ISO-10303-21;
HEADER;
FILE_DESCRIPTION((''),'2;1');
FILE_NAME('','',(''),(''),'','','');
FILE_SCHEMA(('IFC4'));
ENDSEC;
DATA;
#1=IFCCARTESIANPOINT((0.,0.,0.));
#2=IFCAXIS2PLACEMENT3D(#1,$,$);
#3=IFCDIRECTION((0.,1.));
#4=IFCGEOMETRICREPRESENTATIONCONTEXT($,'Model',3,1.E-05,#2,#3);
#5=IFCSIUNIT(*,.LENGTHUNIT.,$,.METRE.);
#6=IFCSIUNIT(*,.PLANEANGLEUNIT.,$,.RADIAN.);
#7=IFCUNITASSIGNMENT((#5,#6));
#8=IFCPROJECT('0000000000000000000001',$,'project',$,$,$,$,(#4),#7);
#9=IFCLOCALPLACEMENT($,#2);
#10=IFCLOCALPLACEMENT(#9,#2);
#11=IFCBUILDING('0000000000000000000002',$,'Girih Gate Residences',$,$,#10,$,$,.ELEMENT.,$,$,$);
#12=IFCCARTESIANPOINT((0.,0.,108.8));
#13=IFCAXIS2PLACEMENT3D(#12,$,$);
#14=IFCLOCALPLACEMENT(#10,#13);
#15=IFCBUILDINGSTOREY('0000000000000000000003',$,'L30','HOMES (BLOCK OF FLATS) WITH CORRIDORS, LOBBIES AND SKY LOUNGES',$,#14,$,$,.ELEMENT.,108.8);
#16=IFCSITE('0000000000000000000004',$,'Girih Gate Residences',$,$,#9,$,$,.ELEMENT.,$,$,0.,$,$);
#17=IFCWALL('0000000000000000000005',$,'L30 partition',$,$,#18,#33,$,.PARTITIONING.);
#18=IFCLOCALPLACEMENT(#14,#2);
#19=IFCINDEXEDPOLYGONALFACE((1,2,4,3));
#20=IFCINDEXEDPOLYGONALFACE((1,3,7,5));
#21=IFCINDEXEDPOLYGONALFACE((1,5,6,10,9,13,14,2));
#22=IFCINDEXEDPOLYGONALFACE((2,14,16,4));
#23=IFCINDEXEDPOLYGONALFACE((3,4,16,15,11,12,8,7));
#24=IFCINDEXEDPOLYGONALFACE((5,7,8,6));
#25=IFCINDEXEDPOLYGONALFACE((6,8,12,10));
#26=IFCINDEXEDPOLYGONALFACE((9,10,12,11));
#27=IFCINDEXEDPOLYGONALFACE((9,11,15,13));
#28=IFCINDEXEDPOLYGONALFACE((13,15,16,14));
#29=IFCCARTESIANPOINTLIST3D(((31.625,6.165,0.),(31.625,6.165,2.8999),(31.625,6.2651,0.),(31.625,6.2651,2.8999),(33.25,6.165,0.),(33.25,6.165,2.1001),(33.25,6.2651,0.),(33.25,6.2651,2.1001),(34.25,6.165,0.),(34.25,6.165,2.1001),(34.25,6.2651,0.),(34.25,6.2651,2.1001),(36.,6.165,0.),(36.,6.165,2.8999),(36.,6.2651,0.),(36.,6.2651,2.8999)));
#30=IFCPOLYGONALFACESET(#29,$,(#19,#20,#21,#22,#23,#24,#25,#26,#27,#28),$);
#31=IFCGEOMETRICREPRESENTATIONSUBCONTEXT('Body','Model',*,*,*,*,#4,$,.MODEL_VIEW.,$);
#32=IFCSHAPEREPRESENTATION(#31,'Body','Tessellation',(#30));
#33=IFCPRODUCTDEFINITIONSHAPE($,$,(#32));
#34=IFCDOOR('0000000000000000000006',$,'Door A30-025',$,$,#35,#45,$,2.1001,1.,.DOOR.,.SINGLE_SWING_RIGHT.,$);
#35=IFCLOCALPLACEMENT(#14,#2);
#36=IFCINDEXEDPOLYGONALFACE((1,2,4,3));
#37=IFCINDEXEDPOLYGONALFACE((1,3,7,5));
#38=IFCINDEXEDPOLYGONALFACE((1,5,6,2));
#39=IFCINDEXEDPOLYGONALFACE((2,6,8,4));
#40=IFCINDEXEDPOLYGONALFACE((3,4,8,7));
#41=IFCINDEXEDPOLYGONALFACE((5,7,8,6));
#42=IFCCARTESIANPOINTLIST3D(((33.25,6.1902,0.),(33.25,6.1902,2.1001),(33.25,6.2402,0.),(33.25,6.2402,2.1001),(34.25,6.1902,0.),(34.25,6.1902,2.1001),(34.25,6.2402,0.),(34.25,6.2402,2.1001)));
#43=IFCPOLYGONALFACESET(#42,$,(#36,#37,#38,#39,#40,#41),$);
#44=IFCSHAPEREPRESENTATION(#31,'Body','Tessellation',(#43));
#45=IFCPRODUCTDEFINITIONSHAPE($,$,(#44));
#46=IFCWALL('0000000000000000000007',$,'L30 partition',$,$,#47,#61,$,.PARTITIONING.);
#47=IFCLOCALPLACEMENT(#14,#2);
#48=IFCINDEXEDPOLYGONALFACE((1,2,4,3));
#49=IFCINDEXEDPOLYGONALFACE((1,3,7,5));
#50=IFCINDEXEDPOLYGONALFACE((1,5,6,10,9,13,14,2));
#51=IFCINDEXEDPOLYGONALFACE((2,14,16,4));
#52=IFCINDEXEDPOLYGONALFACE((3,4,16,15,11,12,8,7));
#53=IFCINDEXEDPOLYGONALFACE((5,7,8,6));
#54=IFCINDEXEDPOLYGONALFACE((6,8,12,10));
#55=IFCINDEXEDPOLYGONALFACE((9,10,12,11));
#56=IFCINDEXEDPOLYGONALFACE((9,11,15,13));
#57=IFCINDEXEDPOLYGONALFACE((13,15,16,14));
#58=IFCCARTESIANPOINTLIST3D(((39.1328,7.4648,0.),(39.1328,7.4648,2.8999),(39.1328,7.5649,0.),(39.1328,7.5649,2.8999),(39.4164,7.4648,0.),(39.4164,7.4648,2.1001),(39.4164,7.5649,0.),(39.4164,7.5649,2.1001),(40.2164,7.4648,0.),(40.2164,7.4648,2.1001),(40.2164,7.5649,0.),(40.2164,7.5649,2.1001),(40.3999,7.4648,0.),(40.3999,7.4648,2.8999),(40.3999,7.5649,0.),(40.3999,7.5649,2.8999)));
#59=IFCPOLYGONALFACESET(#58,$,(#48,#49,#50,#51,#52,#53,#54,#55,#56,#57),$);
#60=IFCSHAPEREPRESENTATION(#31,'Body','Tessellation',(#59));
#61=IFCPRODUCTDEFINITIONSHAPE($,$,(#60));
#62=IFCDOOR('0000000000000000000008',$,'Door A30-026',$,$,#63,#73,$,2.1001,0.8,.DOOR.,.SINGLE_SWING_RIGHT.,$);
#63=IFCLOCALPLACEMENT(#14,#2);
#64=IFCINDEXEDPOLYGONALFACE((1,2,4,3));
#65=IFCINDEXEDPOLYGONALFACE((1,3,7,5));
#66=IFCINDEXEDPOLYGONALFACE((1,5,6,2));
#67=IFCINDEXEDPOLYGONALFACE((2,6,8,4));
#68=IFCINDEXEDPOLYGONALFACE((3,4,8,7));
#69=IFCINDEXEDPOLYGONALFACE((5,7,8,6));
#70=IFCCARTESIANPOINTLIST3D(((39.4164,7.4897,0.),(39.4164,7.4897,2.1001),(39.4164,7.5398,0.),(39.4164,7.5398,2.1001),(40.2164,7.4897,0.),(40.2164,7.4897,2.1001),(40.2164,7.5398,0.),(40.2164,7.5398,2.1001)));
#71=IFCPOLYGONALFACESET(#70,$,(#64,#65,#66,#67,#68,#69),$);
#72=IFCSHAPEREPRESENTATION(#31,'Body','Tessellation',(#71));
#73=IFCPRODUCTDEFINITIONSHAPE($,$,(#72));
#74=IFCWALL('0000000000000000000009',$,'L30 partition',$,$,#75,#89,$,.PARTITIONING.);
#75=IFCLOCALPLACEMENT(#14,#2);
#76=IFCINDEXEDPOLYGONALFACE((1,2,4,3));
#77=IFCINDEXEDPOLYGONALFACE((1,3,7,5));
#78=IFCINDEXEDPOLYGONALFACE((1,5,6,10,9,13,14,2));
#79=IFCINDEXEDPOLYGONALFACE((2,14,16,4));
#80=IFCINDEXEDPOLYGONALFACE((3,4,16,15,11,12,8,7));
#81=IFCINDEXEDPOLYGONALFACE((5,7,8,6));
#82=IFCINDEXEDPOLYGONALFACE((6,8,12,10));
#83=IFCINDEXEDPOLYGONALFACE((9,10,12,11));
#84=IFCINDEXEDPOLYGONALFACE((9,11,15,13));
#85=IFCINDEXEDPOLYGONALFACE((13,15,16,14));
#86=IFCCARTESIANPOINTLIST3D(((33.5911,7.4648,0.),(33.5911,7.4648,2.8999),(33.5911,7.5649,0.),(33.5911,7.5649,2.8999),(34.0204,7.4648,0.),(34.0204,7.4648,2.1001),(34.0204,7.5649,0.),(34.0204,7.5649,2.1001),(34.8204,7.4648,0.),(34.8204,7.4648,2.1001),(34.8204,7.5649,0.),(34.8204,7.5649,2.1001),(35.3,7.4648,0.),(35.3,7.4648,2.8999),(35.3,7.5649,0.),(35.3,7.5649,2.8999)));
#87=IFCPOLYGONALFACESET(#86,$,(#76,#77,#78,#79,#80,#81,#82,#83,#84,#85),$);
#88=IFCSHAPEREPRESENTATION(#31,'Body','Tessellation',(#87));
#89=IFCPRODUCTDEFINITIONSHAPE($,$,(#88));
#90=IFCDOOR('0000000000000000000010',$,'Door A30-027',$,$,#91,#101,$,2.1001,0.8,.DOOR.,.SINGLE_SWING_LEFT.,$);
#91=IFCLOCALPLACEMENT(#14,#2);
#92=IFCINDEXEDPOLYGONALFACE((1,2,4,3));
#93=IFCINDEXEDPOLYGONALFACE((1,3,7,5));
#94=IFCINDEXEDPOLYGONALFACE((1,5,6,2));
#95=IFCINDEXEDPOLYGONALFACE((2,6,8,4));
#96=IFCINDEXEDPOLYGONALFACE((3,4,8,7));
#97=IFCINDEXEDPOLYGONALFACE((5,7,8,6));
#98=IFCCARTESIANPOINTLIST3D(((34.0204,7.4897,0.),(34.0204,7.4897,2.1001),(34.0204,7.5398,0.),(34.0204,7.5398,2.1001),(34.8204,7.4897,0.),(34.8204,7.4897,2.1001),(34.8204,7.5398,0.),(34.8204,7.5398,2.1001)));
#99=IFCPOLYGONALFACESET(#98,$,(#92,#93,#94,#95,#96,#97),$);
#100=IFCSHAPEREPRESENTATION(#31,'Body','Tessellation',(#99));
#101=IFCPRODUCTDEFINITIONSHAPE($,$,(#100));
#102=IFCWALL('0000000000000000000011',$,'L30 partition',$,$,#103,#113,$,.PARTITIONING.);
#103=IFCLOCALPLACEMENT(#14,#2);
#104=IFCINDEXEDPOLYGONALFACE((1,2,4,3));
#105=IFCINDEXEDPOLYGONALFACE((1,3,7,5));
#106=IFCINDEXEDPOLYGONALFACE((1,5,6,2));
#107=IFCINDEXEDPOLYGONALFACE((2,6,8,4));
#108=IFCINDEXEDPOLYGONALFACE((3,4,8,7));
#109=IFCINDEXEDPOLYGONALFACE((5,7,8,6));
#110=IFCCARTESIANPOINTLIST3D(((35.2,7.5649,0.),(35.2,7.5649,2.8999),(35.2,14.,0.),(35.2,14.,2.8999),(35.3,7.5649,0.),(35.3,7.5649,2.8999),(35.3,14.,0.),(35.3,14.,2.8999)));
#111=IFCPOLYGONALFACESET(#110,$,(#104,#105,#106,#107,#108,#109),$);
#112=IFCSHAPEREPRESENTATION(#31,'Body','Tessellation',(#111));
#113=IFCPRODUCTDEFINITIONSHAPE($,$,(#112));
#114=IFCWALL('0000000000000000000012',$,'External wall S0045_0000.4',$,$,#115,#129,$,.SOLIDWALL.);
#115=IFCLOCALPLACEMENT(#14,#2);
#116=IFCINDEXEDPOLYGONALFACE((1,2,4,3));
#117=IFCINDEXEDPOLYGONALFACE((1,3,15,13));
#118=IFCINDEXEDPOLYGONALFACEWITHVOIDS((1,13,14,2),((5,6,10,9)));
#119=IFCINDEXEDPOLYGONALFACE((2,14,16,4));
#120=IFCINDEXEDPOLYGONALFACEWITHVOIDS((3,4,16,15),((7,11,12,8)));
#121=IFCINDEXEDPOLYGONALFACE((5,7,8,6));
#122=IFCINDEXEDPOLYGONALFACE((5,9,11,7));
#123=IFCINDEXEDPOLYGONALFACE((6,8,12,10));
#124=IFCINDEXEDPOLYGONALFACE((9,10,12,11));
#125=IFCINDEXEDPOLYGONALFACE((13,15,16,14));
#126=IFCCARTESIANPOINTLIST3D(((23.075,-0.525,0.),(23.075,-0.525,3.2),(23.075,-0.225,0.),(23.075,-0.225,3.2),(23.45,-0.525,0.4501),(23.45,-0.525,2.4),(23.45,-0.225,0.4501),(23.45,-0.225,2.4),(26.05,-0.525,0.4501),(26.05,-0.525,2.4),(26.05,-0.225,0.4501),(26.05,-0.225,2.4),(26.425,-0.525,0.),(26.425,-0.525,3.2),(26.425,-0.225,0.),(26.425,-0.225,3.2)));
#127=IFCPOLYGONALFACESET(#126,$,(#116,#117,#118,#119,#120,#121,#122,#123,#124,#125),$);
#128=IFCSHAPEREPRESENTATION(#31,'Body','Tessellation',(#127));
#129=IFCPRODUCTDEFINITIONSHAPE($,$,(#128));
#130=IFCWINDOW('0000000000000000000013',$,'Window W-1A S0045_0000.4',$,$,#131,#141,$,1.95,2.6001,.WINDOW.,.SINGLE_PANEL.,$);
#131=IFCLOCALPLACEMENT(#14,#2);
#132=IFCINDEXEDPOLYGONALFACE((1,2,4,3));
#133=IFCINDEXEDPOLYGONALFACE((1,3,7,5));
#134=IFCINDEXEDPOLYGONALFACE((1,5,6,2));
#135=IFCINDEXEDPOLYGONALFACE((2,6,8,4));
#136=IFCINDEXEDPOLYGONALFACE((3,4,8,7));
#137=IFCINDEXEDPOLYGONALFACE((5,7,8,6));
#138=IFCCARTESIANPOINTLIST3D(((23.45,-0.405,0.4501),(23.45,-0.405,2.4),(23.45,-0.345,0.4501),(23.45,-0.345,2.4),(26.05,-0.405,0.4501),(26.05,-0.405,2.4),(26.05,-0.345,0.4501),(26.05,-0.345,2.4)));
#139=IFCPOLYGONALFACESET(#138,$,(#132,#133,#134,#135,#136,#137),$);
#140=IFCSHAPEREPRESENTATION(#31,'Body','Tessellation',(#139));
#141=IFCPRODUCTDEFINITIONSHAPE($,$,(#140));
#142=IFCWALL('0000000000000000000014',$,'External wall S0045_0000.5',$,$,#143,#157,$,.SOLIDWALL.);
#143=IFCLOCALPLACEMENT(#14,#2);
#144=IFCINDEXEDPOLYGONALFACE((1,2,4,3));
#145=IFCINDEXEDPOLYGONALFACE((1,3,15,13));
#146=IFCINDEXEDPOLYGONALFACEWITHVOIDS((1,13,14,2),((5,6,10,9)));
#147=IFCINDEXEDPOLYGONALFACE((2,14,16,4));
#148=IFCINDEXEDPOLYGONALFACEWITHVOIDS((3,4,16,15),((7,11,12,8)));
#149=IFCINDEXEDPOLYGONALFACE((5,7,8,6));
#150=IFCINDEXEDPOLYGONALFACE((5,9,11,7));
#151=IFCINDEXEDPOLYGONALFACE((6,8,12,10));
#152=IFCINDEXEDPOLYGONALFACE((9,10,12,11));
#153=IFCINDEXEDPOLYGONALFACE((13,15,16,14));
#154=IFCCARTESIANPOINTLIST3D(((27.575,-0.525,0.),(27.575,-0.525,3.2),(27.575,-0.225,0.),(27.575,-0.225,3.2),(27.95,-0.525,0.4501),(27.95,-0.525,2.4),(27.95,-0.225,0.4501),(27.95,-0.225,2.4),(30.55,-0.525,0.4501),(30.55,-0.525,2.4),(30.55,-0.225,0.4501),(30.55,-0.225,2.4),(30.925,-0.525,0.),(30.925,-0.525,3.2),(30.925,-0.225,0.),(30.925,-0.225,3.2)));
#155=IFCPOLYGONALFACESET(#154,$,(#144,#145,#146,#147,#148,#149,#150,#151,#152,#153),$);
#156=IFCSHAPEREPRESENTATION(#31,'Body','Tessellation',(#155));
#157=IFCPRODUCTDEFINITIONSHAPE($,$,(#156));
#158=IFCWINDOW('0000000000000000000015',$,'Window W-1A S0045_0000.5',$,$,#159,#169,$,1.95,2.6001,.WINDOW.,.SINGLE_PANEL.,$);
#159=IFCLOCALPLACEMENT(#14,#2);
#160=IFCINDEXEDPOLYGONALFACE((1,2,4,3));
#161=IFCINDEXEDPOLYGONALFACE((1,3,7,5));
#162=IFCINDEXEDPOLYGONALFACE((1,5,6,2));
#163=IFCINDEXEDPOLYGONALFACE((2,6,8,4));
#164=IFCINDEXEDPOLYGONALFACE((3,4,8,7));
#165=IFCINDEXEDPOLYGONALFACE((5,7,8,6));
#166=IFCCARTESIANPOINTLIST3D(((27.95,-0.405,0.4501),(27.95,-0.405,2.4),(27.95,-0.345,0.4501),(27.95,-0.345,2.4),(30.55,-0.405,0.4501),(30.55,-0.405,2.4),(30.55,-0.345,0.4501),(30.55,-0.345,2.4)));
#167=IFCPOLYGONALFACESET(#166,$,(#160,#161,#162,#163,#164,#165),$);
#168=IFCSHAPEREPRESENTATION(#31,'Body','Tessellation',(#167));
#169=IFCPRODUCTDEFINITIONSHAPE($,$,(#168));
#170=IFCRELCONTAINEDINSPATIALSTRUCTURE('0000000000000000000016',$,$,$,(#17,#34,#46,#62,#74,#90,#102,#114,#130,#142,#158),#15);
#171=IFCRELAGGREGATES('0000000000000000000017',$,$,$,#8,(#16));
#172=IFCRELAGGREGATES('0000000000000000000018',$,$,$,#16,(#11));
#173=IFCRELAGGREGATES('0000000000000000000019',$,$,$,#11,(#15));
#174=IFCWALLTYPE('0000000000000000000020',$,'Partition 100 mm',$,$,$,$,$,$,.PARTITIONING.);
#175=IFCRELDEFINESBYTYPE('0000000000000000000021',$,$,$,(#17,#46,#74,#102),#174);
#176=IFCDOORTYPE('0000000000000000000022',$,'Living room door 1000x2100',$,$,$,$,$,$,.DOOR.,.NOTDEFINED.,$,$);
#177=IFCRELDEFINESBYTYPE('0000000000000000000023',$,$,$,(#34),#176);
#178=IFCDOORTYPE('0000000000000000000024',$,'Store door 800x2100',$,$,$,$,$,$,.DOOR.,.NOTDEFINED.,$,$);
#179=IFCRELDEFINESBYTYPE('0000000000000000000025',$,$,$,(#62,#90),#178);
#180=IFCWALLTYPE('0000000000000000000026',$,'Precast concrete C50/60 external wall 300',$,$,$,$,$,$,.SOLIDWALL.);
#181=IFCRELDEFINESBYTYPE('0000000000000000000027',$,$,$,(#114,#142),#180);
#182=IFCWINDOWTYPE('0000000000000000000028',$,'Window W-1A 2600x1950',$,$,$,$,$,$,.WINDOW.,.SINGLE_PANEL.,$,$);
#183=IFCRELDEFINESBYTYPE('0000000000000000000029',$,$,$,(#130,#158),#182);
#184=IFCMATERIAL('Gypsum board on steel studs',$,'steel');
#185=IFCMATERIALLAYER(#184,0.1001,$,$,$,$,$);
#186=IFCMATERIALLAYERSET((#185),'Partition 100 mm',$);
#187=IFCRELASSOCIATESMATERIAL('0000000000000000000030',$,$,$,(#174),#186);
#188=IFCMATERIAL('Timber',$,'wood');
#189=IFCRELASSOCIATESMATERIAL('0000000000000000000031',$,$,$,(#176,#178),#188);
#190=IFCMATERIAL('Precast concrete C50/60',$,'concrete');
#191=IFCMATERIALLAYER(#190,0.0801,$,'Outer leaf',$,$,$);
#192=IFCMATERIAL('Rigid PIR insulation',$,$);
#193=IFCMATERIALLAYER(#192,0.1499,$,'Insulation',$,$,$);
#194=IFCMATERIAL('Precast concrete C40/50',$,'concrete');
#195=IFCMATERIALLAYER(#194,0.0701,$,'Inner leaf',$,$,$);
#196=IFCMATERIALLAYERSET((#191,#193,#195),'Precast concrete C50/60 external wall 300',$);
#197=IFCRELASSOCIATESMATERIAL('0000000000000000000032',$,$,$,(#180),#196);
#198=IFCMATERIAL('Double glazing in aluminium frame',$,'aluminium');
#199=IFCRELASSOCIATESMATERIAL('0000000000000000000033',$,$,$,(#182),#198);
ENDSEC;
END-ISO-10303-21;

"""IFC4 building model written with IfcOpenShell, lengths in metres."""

from ifc_helpers import new_model, si_unit, direction, frame, frame_2d, origin, place, context, subcontext, project, spatial, rectangle, extrude, material, layer, layer_set, type_object, element, fill, save


model = new_model("IFC4")

# Units and contexts
model_context = context("Model", 3, precision=1e-05, world=origin(), true_north=direction((0.0, 1.0)))
body_context = subcontext(model_context, "Body", "Model", "MODEL_VIEW")
ifc_project = project(units=[si_unit("LENGTHUNIT", "METRE"), si_unit("PLANEANGLEUNIT", "RADIAN")], contexts=[model_context])

# Site, building, storey
site_placement = place(None, origin())
site = spatial("IfcSite", under=ifc_project, at=site_placement, Name="Girih Gate Residences", CompositionType="ELEMENT", RefElevation=0.0)
building_placement = place(site_placement, origin())
building = spatial("IfcBuilding", under=site, at=building_placement, Name="Girih Gate Residences", CompositionType="ELEMENT")
storey_placement = place(building_placement, frame((0.0, 0.0, 108.8)))
storey = spatial("IfcBuildingStorey", under=building, at=storey_placement, Name="L30", Description="HOMES (BLOCK OF FLATS) WITH CORRIDORS, LOBBIES AND SKY LOUNGES", CompositionType="ELEMENT", Elevation=108.8)

# Shared definitions
ifc_material_1 = material(Name="Gypsum board on steel studs", Category="steel")
ifc_layer_1 = layer(ifc_material_1, 0.1001)
ifc_layer_set_1 = layer_set([ifc_layer_1], Name="Partition 100 mm")
wall_type_1 = type_object("IfcWallType", Name="Partition 100 mm", PredefinedType="PARTITIONING", material=ifc_layer_set_1)

# Walls, openings, doors
ifc_material_2 = material(Name="Timber", Category="wood")
wall_1_placement = place(storey_placement, frame((36.0, 6.2151, 0.0), z_axis=(0.0, 0.0, 1.0), x_axis=(-1.0, 0.0, 0.0)))
wall_1 = element("IfcWall", 1, at=wall_1_placement, inside=storey, type_object=wall_type_1, Name="L30 partition", PredefinedType="PARTITIONING", context=body_context, shape_type="SweptSolid", body=[
    extrude(rectangle(XDim=4.375, YDim=0.1001, at=frame_2d((2.1875, 0.0))), origin(), (0.0, 0.0, 1.0), 2.8999),
])
opening_1_placement = place(wall_1_placement, frame((1.75, 0.0, 0.0)))
opening_1 = element("IfcOpeningElement", 2, at=opening_1_placement, cuts=wall_1, PredefinedType="OPENING", context=body_context, shape_type="SweptSolid", body=[
    extrude(rectangle(XDim=1.0, YDim=2.1001, at=frame_2d((0.5, 1.05))), frame((0.0, 0.0601, 0.0), z_axis=(0.0, -1.0, 0.0), x_axis=(1.0, 0.0, 0.0)), (0.0, 0.0, 1.0), 0.1201),
])
door_type_1 = type_object("IfcDoorType", Name="Living room door 1000x2100", OperationType="NOTDEFINED", PredefinedType="DOOR", material=ifc_material_2)
door_1_placement = place(opening_1_placement, origin())
door_1 = element("IfcDoor", 3, at=door_1_placement, inside=storey, type_object=door_type_1, Name="Door A30-025", OperationType="SINGLE_SWING_RIGHT", OverallHeight=2.1001, OverallWidth=1.0, PredefinedType="DOOR", context=body_context, shape_type="SweptSolid", body=[
    extrude(rectangle(XDim=1.0, YDim=2.1001, at=frame_2d((0.5, 1.05))), frame((0.0, 0.0249, 0.0), z_axis=(0.0, -1.0, 0.0), x_axis=(1.0, 0.0, 0.0)), (0.0, 0.0, 1.0), 0.05),
])
fill(opening_1, door_1)
wall_2_placement = place(storey_placement, frame((39.1328, 7.5149, 0.0), z_axis=(0.0, 0.0, 1.0), x_axis=(1.0, 0.0, 0.0)))
wall_2 = element("IfcWall", 4, at=wall_2_placement, inside=storey, type_object=wall_type_1, Name="L30 partition", PredefinedType="PARTITIONING", context=body_context, shape_type="SweptSolid", body=[
    extrude(rectangle(XDim=1.2671, YDim=0.1001, at=frame_2d((0.6335, 0.0))), origin(), (0.0, 0.0, 1.0), 2.8999),
])
opening_2_placement = place(wall_2_placement, frame((0.2837, 0.0, 0.0)))
opening_2 = element("IfcOpeningElement", 5, at=opening_2_placement, cuts=wall_2, PredefinedType="OPENING", context=body_context, shape_type="SweptSolid", body=[
    extrude(rectangle(XDim=0.8, YDim=2.1001, at=frame_2d((0.3999, 1.05))), frame((0.0, 0.0601, 0.0), z_axis=(0.0, -1.0, 0.0), x_axis=(1.0, 0.0, 0.0)), (0.0, 0.0, 1.0), 0.1201),
])
door_type_2 = type_object("IfcDoorType", Name="Store door 800x2100", OperationType="NOTDEFINED", PredefinedType="DOOR", material=ifc_material_2)
door_2_placement = place(opening_2_placement, origin())
door_2 = element("IfcDoor", 6, at=door_2_placement, inside=storey, type_object=door_type_2, Name="Door A30-026", OperationType="SINGLE_SWING_RIGHT", OverallHeight=2.1001, OverallWidth=0.8, PredefinedType="DOOR", context=body_context, shape_type="SweptSolid", body=[
    extrude(rectangle(XDim=0.8, YDim=2.1001, at=frame_2d((0.3999, 1.05))), frame((0.0, 0.0249, 0.0), z_axis=(0.0, -1.0, 0.0), x_axis=(1.0, 0.0, 0.0)), (0.0, 0.0, 1.0), 0.05),
])
fill(opening_2, door_2)
wall_3_placement = place(storey_placement, frame((33.5911, 7.5149, 0.0), z_axis=(0.0, 0.0, 1.0), x_axis=(1.0, 0.0, 0.0)))
wall_3 = element("IfcWall", 7, at=wall_3_placement, inside=storey, type_object=wall_type_1, Name="L30 partition", PredefinedType="PARTITIONING", context=body_context, shape_type="SweptSolid", body=[
    extrude(rectangle(XDim=1.709, YDim=0.1001, at=frame_2d((0.8545, 0.0))), origin(), (0.0, 0.0, 1.0), 2.8999),
])
opening_3_placement = place(wall_3_placement, frame((0.4294, 0.0, 0.0)))
opening_3 = element("IfcOpeningElement", 8, at=opening_3_placement, cuts=wall_3, PredefinedType="OPENING", context=body_context, shape_type="SweptSolid", body=[
    extrude(rectangle(XDim=0.8, YDim=2.1001, at=frame_2d((0.3999, 1.05))), frame((0.0, 0.0601, 0.0), z_axis=(0.0, -1.0, 0.0), x_axis=(1.0, 0.0, 0.0)), (0.0, 0.0, 1.0), 0.1201),
])
door_3_placement = place(opening_3_placement, origin())
door_3 = element("IfcDoor", 9, at=door_3_placement, inside=storey, type_object=door_type_2, Name="Door A30-027", OperationType="SINGLE_SWING_LEFT", OverallHeight=2.1001, OverallWidth=0.8, PredefinedType="DOOR", context=body_context, shape_type="SweptSolid", body=[
    extrude(rectangle(XDim=0.8, YDim=2.1001, at=frame_2d((0.3999, 1.05))), frame((0.0, 0.0249, 0.0), z_axis=(0.0, -1.0, 0.0), x_axis=(1.0, 0.0, 0.0)), (0.0, 0.0, 1.0), 0.05),
])
fill(opening_3, door_3)

# Wall
wall_4_placement = place(storey_placement, frame((35.25, 7.5649, 0.0), z_axis=(0.0, 0.0, 1.0), x_axis=(0.0, 1.0, 0.0)))
element("IfcWall", 10, at=wall_4_placement, inside=storey, type_object=wall_type_1, Name="L30 partition", PredefinedType="PARTITIONING", context=body_context, shape_type="SweptSolid", body=[
    extrude(rectangle(XDim=6.4351, YDim=0.1001, at=frame_2d((3.2175, 0.0))), origin(), (0.0, 0.0, 1.0), 2.8999),
])

# Walls, openings, windows
ifc_material_3 = material(Name="Precast concrete C50/60", Category="concrete")
ifc_layer_2 = layer(ifc_material_3, 0.0801, Name="Outer leaf")
ifc_material_4 = material(Name="Rigid PIR insulation")
ifc_layer_3 = layer(ifc_material_4, 0.1499, Name="Insulation")
ifc_material_5 = material(Name="Precast concrete C40/50", Category="concrete")
ifc_layer_4 = layer(ifc_material_5, 0.0701, Name="Inner leaf")
ifc_layer_set_2 = layer_set([ifc_layer_2, ifc_layer_3, ifc_layer_4], Name="Precast concrete C50/60 external wall 300")
wall_type_2 = type_object("IfcWallType", Name="Precast concrete C50/60 external wall 300", PredefinedType="SOLIDWALL", material=ifc_layer_set_2)
wall_5_placement = place(storey_placement, frame((26.425, -0.375, 0.0), z_axis=(0.0, 0.0, 1.0), x_axis=(-1.0, 0.0, 0.0)))
wall_5 = element("IfcWall", 11, at=wall_5_placement, inside=storey, type_object=wall_type_2, Name="External wall S0045_0000.4", PredefinedType="SOLIDWALL", context=body_context, shape_type="SweptSolid", body=[
    extrude(rectangle(XDim=3.3501, YDim=0.3, at=frame_2d((1.675, 0.0))), origin(), (0.0, 0.0, 1.0), 3.2),
])
opening_4_placement = place(wall_5_placement, frame((0.375, 0.0, 0.45)))
opening_4 = element("IfcOpeningElement", 12, at=opening_4_placement, cuts=wall_5, PredefinedType="OPENING", context=body_context, shape_type="SweptSolid", body=[
    extrude(rectangle(XDim=2.6001, YDim=1.95, at=frame_2d((1.3, 0.9751))), frame((0.0, 0.1599, 0.0), z_axis=(0.0, -1.0, 0.0), x_axis=(1.0, 0.0, 0.0)), (0.0, 0.0, 1.0), 0.3201),
])
ifc_material_6 = material(Name="Double glazing in aluminium frame", Category="aluminium")
window_type = type_object("IfcWindowType", Name="Window W-1A 2600x1950", PartitioningType="SINGLE_PANEL", PredefinedType="WINDOW", material=ifc_material_6)
window_1_placement = place(opening_4_placement, origin())
window_1 = element("IfcWindow", 13, at=window_1_placement, inside=storey, type_object=window_type, Name="Window W-1A S0045_0000.4", OverallHeight=1.95, OverallWidth=2.6001, PartitioningType="SINGLE_PANEL", PredefinedType="WINDOW", context=body_context, shape_type="SweptSolid", body=[
    extrude(rectangle(XDim=2.6001, YDim=1.95, at=frame_2d((1.3, 0.9751))), frame((0.0, 0.03, 0.0), z_axis=(0.0, -1.0, 0.0), x_axis=(1.0, 0.0, 0.0)), (0.0, 0.0, 1.0), 0.0601),
])
fill(opening_4, window_1)
wall_6_placement = place(storey_placement, frame((30.925, -0.375, 0.0), z_axis=(0.0, 0.0, 1.0), x_axis=(-1.0, 0.0, 0.0)))
wall_6 = element("IfcWall", 14, at=wall_6_placement, inside=storey, type_object=wall_type_2, Name="External wall S0045_0000.5", PredefinedType="SOLIDWALL", context=body_context, shape_type="SweptSolid", body=[
    extrude(rectangle(XDim=3.3501, YDim=0.3, at=frame_2d((1.675, 0.0))), origin(), (0.0, 0.0, 1.0), 3.2),
])
opening_5_placement = place(wall_6_placement, frame((0.375, 0.0, 0.45)))
opening_5 = element("IfcOpeningElement", 15, at=opening_5_placement, cuts=wall_6, PredefinedType="OPENING", context=body_context, shape_type="SweptSolid", body=[
    extrude(rectangle(XDim=2.6001, YDim=1.95, at=frame_2d((1.3, 0.9751))), frame((0.0, 0.1599, 0.0), z_axis=(0.0, -1.0, 0.0), x_axis=(1.0, 0.0, 0.0)), (0.0, 0.0, 1.0), 0.3201),
])
window_2_placement = place(opening_5_placement, origin())
window_2 = element("IfcWindow", 16, at=window_2_placement, inside=storey, type_object=window_type, Name="Window W-1A S0045_0000.5", OverallHeight=1.95, OverallWidth=2.6001, PartitioningType="SINGLE_PANEL", PredefinedType="WINDOW", context=body_context, shape_type="SweptSolid", body=[
    extrude(rectangle(XDim=2.6001, YDim=1.95, at=frame_2d((1.3, 0.9751))), frame((0.0, 0.03, 0.0), z_axis=(0.0, -1.0, 0.0), x_axis=(1.0, 0.0, 0.0)), (0.0, 0.0, 1.0), 0.0601),
])
fill(opening_5, window_2)

save(model, "model.ifc")
